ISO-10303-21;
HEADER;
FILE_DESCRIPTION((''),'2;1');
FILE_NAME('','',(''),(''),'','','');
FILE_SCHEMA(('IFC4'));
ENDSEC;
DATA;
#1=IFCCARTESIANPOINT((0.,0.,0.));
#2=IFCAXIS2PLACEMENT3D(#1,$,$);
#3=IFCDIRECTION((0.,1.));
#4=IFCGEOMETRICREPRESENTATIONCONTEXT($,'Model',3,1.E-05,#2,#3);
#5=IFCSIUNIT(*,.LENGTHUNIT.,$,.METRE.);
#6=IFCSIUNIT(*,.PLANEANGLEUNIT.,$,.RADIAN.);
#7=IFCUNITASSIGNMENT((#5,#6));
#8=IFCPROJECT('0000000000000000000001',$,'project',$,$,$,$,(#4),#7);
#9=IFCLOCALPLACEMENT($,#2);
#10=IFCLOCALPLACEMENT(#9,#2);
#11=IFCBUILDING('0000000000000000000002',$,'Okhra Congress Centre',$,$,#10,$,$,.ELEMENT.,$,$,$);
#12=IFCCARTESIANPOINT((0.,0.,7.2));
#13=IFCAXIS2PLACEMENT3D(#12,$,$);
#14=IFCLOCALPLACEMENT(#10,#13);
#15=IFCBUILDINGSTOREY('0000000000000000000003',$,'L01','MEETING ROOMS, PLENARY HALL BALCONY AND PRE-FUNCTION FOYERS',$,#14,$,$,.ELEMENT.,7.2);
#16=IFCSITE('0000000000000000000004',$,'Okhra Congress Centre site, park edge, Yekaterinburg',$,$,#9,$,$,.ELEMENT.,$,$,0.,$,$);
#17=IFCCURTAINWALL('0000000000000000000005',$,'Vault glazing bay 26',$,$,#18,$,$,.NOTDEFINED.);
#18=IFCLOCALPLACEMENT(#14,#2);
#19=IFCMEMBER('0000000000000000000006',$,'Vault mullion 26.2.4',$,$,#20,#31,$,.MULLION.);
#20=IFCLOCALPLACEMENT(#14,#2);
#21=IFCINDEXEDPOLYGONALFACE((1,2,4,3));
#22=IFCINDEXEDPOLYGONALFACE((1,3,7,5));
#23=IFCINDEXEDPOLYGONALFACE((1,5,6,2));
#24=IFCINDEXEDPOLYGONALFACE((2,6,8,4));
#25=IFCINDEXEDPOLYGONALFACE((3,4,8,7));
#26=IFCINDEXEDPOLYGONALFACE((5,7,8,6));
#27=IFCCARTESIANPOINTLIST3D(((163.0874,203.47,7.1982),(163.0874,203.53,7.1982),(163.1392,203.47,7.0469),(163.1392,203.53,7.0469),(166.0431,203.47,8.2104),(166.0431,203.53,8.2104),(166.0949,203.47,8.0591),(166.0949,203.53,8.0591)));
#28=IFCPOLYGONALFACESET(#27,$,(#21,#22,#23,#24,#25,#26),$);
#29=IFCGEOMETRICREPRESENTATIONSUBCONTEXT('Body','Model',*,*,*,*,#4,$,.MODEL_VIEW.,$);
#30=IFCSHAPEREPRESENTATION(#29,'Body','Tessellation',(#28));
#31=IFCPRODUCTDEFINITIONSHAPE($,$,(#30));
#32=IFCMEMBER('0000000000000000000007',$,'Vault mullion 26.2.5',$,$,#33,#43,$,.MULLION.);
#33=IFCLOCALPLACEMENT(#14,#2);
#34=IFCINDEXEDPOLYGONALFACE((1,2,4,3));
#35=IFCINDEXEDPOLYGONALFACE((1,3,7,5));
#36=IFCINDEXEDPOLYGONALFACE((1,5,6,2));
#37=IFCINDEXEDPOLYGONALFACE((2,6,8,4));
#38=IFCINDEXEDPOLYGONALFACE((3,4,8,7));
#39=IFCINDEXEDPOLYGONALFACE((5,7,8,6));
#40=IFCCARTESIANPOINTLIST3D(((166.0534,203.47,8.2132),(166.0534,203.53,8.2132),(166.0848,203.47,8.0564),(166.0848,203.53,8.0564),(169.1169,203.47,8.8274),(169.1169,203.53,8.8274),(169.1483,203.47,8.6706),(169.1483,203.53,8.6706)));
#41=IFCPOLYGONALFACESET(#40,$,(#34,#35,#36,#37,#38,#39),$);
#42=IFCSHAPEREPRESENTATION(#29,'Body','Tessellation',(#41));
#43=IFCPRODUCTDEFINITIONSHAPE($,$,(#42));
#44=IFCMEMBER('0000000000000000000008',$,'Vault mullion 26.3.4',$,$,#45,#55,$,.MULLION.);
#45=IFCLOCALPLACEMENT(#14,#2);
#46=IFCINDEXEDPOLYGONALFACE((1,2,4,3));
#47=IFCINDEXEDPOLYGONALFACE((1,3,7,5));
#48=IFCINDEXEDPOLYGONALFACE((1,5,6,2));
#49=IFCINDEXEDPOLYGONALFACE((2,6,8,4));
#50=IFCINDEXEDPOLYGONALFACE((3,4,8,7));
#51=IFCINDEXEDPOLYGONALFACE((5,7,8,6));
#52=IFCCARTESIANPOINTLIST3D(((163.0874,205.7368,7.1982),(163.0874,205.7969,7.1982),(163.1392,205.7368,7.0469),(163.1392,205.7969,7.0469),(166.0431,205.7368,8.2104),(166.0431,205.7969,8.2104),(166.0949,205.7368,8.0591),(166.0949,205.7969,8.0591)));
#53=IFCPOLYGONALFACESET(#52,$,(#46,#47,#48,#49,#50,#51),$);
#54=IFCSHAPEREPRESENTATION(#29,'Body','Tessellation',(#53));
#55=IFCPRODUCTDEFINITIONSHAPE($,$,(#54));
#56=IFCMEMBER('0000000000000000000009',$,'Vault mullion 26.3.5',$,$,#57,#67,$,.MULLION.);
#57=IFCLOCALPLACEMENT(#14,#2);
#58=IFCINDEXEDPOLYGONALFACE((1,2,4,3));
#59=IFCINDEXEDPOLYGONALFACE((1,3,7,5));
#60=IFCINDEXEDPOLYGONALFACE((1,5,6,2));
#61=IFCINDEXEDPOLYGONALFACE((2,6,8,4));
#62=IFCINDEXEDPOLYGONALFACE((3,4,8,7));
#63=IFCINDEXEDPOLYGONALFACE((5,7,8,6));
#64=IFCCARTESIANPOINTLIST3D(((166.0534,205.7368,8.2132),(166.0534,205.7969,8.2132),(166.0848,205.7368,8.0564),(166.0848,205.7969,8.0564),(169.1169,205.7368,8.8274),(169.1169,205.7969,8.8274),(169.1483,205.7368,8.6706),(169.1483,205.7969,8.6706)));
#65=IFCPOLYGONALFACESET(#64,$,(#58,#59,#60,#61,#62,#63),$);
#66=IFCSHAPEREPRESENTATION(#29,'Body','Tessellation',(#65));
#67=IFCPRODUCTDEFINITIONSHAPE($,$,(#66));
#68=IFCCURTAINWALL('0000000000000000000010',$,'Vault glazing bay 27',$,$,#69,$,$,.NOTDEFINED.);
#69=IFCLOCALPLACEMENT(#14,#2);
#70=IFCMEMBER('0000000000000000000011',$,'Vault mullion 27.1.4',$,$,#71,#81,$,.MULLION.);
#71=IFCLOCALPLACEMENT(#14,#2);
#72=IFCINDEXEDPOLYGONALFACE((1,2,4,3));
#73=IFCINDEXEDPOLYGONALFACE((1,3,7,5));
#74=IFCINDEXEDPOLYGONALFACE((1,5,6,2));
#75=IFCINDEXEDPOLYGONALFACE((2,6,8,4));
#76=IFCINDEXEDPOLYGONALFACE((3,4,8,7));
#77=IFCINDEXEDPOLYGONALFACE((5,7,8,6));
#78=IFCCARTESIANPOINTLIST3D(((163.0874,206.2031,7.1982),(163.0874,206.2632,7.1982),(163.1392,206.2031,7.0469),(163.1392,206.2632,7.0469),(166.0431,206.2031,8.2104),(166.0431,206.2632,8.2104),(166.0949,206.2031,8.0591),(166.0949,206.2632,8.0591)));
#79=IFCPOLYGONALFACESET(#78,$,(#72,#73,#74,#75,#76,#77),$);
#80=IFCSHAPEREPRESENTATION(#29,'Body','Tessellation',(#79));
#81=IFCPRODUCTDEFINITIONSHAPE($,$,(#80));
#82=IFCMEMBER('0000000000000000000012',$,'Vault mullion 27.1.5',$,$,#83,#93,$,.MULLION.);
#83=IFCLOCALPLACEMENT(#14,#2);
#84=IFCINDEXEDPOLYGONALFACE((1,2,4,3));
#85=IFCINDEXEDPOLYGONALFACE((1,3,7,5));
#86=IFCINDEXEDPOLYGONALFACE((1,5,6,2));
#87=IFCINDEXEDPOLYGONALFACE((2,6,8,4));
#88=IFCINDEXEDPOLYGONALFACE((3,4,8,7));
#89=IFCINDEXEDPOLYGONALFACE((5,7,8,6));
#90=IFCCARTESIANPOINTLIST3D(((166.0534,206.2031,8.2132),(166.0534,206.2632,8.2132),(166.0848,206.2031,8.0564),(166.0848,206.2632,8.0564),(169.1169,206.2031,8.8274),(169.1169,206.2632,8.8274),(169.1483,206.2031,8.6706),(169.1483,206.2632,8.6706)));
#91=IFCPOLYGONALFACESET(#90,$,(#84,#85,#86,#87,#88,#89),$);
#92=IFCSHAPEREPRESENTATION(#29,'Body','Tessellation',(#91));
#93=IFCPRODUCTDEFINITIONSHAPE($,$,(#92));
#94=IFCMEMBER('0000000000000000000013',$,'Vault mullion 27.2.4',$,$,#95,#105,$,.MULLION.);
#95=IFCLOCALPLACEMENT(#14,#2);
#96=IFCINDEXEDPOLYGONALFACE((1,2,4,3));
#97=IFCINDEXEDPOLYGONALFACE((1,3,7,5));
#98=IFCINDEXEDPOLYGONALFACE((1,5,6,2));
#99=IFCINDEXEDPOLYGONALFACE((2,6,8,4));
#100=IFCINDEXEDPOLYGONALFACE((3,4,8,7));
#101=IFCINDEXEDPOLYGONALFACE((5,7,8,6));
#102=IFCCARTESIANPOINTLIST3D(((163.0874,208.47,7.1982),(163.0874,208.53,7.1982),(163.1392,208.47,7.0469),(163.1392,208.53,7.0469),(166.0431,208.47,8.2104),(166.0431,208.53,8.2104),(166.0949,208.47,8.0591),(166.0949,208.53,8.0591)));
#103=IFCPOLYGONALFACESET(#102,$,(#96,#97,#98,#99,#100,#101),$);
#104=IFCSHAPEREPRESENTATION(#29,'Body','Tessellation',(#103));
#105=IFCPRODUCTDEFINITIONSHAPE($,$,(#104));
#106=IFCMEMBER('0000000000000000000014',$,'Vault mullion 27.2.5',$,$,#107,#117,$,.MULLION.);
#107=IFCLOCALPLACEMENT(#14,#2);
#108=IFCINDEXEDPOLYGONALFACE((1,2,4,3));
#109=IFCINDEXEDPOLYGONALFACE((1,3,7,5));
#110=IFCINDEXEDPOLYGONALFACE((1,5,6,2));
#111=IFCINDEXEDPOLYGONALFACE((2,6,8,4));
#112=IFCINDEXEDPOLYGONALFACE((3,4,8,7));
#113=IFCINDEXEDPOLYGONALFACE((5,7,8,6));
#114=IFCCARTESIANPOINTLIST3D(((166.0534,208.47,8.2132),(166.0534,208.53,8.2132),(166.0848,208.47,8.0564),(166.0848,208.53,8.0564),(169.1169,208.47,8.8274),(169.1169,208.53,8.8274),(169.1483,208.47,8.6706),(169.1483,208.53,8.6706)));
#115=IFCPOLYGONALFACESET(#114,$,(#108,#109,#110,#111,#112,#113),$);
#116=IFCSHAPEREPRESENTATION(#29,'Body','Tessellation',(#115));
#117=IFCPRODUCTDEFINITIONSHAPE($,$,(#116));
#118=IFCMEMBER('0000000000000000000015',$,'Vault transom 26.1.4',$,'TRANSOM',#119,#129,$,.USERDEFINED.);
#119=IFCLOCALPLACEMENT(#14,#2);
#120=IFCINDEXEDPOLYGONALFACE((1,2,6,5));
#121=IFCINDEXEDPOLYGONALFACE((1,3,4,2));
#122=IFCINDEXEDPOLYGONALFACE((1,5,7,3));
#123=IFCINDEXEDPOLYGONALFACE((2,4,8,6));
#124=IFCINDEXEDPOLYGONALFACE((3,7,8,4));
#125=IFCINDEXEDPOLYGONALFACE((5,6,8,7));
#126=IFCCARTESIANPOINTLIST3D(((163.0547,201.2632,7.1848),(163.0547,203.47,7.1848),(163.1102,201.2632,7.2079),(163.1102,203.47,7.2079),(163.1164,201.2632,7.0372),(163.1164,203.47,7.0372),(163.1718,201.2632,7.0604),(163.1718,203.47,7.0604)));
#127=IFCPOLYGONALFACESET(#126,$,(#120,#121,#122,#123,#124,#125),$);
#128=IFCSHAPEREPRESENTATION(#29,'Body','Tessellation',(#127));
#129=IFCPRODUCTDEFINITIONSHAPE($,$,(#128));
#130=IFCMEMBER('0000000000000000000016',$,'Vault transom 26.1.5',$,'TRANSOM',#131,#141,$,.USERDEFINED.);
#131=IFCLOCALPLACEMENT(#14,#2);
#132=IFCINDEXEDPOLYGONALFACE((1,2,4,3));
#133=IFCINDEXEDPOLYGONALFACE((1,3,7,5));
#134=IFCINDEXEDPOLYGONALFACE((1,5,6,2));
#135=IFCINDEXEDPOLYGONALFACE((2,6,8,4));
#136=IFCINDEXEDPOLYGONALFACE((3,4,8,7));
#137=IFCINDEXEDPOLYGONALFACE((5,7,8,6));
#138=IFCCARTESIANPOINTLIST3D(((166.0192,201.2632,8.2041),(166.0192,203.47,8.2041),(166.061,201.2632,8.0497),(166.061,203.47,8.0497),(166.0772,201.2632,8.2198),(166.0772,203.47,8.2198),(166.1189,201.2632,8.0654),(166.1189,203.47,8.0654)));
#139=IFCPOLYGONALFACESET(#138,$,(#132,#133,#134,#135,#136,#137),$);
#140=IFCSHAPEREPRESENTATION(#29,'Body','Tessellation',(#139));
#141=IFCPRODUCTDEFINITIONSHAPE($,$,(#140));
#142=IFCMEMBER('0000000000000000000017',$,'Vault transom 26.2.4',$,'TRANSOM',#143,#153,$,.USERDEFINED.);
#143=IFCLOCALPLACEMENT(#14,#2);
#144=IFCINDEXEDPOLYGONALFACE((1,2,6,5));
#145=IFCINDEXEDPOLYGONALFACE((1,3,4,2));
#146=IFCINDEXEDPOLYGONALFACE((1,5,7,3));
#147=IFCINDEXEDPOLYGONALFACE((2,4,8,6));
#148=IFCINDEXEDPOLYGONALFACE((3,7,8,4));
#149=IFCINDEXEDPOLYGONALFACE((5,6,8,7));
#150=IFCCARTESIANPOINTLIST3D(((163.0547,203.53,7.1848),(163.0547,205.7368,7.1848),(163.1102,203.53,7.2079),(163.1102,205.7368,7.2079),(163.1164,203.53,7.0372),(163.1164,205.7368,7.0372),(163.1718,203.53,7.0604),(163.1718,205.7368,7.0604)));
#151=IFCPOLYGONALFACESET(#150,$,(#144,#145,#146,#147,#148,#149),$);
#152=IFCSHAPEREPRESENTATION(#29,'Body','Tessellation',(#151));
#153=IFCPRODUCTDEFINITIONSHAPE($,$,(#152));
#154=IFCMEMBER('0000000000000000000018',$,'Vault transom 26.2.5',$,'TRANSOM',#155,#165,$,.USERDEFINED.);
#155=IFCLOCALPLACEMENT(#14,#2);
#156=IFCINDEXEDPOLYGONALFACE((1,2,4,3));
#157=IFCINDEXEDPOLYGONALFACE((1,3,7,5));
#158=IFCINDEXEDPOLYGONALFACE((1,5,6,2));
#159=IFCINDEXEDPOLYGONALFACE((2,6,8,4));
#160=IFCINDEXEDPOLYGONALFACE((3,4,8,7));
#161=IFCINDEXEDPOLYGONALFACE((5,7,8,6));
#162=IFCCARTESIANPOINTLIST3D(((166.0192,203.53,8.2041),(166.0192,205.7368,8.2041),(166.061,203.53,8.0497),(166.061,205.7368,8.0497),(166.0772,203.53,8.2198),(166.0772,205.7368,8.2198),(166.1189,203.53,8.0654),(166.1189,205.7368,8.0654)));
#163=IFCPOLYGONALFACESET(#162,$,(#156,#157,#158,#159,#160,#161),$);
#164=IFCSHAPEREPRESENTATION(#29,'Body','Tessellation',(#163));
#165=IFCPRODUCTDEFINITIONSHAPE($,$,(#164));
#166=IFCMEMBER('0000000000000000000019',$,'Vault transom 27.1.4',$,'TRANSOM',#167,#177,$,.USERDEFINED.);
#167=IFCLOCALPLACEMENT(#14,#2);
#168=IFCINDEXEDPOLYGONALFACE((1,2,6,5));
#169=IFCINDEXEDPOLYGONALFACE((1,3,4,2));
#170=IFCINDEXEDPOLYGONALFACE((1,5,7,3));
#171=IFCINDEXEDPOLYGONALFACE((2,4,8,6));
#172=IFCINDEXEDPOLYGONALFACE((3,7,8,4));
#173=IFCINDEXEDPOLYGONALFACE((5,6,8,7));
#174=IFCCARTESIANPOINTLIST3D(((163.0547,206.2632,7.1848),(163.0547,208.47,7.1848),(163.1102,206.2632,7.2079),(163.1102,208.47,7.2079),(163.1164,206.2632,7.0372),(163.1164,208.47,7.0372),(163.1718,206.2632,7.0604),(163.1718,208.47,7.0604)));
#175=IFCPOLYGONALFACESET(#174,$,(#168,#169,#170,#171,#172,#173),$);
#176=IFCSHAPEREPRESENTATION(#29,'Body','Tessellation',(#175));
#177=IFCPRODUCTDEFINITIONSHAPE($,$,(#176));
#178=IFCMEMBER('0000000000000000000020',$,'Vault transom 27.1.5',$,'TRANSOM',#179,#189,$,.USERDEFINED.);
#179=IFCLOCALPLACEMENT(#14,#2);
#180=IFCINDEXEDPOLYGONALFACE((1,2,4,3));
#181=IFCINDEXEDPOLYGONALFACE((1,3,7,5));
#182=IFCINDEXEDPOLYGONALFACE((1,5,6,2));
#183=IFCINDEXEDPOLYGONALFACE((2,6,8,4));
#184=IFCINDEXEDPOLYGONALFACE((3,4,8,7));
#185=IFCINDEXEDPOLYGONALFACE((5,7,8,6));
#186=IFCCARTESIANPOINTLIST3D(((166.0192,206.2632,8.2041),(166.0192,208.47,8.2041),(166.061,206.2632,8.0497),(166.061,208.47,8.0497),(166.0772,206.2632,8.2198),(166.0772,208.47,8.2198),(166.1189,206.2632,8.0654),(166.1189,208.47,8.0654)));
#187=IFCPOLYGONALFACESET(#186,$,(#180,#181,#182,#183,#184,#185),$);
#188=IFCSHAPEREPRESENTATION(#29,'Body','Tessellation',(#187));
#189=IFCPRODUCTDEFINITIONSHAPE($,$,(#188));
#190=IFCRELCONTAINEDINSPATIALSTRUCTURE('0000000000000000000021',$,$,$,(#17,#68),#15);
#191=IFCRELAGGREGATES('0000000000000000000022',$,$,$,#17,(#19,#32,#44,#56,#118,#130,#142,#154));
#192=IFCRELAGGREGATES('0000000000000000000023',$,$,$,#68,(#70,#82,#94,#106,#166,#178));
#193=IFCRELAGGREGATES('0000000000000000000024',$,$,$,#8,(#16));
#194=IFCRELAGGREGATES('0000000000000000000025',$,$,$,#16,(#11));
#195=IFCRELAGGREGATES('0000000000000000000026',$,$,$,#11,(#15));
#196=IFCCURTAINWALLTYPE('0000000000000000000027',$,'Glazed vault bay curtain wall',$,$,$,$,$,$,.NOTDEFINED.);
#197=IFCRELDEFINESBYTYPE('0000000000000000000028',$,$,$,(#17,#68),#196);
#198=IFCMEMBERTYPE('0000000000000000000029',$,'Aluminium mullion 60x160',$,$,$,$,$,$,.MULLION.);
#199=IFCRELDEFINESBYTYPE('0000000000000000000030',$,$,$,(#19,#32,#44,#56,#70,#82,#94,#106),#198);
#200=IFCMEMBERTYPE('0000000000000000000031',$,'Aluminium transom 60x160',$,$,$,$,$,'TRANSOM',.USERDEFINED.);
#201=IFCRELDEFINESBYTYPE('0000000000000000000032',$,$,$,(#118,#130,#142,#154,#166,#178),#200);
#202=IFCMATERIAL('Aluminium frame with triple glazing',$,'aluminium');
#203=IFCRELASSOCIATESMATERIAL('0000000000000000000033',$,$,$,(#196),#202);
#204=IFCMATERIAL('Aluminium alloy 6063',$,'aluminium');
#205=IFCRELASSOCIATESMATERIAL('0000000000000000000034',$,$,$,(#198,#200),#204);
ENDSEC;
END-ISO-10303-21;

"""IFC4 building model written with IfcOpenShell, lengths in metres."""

from ifc_helpers import new_model, si_unit, direction, frame, origin, origin_2d, place, context, subcontext, project, spatial, rectangle, extrude, material, material_profile, profile_set, type_object, element, aggregate, save


model = new_model("IFC4")

# Units and contexts
model_context = context("Model", 3, precision=1e-05, world=origin(), true_north=direction((0.0, 1.0)))
body_context = subcontext(model_context, "Body", "Model", "MODEL_VIEW")
ifc_project = project(units=[si_unit("LENGTHUNIT", "METRE"), si_unit("PLANEANGLEUNIT", "RADIAN")], contexts=[model_context])

# Site, building, storey
site_placement = place(None, origin())
site = spatial("IfcSite", under=ifc_project, at=site_placement, Name="Okhra Congress Centre site, park edge, Yekaterinburg", CompositionType="ELEMENT", RefElevation=0.0)
building_placement = place(site_placement, origin())
building = spatial("IfcBuilding", under=site, at=building_placement, Name="Okhra Congress Centre", CompositionType="ELEMENT")
storey_placement = place(building_placement, frame((0.0, 0.0, 7.2)))
storey = spatial("IfcBuildingStorey", under=building, at=storey_placement, Name="L01", Description="MEETING ROOMS, PLENARY HALL BALCONY AND PRE-FUNCTION FOYERS", CompositionType="ELEMENT", Elevation=7.2)

# Curtain walls, members
ifc_material_1 = material(Name="Aluminium frame with triple glazing", Category="aluminium")
curtain_wall_type = type_object("IfcCurtainWallType", Name="Glazed vault bay curtain wall", PredefinedType="NOTDEFINED", material=ifc_material_1)
curtain_wall_1_placement = place(storey_placement, origin())
curtain_wall_1 = element("IfcCurtainWall", 1, at=curtain_wall_1_placement, inside=storey, type_object=curtain_wall_type, Name="Vault glazing bay 26", PredefinedType="NOTDEFINED")
ifc_material_2 = material(Name="Aluminium alloy 6063", Category="aluminium")
ifc_material_profile_1 = material_profile(ifc_material_2, rectangle(XDim=0.0601, YDim=0.1599, at=origin_2d()), Name="AL 60x160")
ifc_profile_set_1 = profile_set([ifc_material_profile_1], Name="Aluminium alloy 6063")
member_type_1 = type_object("IfcMemberType", Name="Aluminium mullion 60x160", PredefinedType="MULLION", material=ifc_profile_set_1)
member_1_placement = place(storey_placement, frame((163.1133, 203.5, 7.1226), z_axis=(0.946065, 0.0, 0.323977), x_axis=(0.0, 1.0, 0.0)))
member_1 = element("IfcMember", 2, at=member_1_placement, type_object=member_type_1, Name="Vault mullion 26.2.4", PredefinedType="MULLION", context=body_context, shape_type="SweptSolid", body=[
    extrude(rectangle(XDim=0.0601, YDim=0.1599, at=origin_2d()), origin(), (0.0, 0.0, 1.0), 3.1243),
])
member_2_placement = place(storey_placement, frame((166.0691, 203.5, 8.1348), z_axis=(0.980484, 0.0, 0.196597), x_axis=(0.0, 1.0, 0.0)))
member_2 = element("IfcMember", 3, at=member_2_placement, type_object=member_type_1, Name="Vault mullion 26.2.5", PredefinedType="MULLION", context=body_context, shape_type="SweptSolid", body=[
    extrude(rectangle(XDim=0.0601, YDim=0.1599, at=origin_2d()), origin(), (0.0, 0.0, 1.0), 3.1245),
])
member_3_placement = place(storey_placement, frame((163.1133, 205.7668, 7.1226), z_axis=(0.946065, 0.0, 0.323977), x_axis=(0.0, 1.0, 0.0)))
member_3 = element("IfcMember", 4, at=member_3_placement, type_object=member_type_1, Name="Vault mullion 26.3.4", PredefinedType="MULLION", context=body_context, shape_type="SweptSolid", body=[
    extrude(rectangle(XDim=0.0601, YDim=0.1599, at=origin_2d()), origin(), (0.0, 0.0, 1.0), 3.1243),
])
member_4_placement = place(storey_placement, frame((166.0691, 205.7668, 8.1348), z_axis=(0.980484, 0.0, 0.196597), x_axis=(0.0, 1.0, 0.0)))
member_4 = element("IfcMember", 5, at=member_4_placement, type_object=member_type_1, Name="Vault mullion 26.3.5", PredefinedType="MULLION", context=body_context, shape_type="SweptSolid", body=[
    extrude(rectangle(XDim=0.0601, YDim=0.1599, at=origin_2d()), origin(), (0.0, 0.0, 1.0), 3.1245),
])
curtain_wall_2_placement = place(storey_placement, origin())
curtain_wall_2 = element("IfcCurtainWall", 6, at=curtain_wall_2_placement, inside=storey, type_object=curtain_wall_type, Name="Vault glazing bay 27", PredefinedType="NOTDEFINED")
member_5_placement = place(storey_placement, frame((163.1133, 206.2332, 7.1226), z_axis=(0.946065, 0.0, 0.323977), x_axis=(0.0, 1.0, 0.0)))
member_5 = element("IfcMember", 7, at=member_5_placement, type_object=member_type_1, Name="Vault mullion 27.1.4", PredefinedType="MULLION", context=body_context, shape_type="SweptSolid", body=[
    extrude(rectangle(XDim=0.0601, YDim=0.1599, at=origin_2d()), origin(), (0.0, 0.0, 1.0), 3.1243),
])
member_6_placement = place(storey_placement, frame((166.0691, 206.2332, 8.1348), z_axis=(0.980484, 0.0, 0.196597), x_axis=(0.0, 1.0, 0.0)))
member_6 = element("IfcMember", 8, at=member_6_placement, type_object=member_type_1, Name="Vault mullion 27.1.5", PredefinedType="MULLION", context=body_context, shape_type="SweptSolid", body=[
    extrude(rectangle(XDim=0.0601, YDim=0.1599, at=origin_2d()), origin(), (0.0, 0.0, 1.0), 3.1245),
])
member_7_placement = place(storey_placement, frame((163.1133, 208.5, 7.1226), z_axis=(0.946065, 0.0, 0.323977), x_axis=(0.0, 1.0, 0.0)))
member_7 = element("IfcMember", 9, at=member_7_placement, type_object=member_type_1, Name="Vault mullion 27.2.4", PredefinedType="MULLION", context=body_context, shape_type="SweptSolid", body=[
    extrude(rectangle(XDim=0.0601, YDim=0.1599, at=origin_2d()), origin(), (0.0, 0.0, 1.0), 3.1243),
])
member_8_placement = place(storey_placement, frame((166.0691, 208.5, 8.1348), z_axis=(0.980484, 0.0, 0.196597), x_axis=(0.0, 1.0, 0.0)))
member_8 = element("IfcMember", 10, at=member_8_placement, type_object=member_type_1, Name="Vault mullion 27.2.5", PredefinedType="MULLION", context=body_context, shape_type="SweptSolid", body=[
    extrude(rectangle(XDim=0.0601, YDim=0.1599, at=origin_2d()), origin(), (0.0, 0.0, 1.0), 3.1245),
])

# Members
ifc_material_profile_2 = material_profile(ifc_material_2, rectangle(XDim=0.0601, YDim=0.1599, at=origin_2d()), Name="AL 60x160 transom")
ifc_profile_set_2 = profile_set([ifc_material_profile_2], Name="Aluminium alloy 6063")
member_type_2 = type_object("IfcMemberType", Name="Aluminium transom 60x160", ElementType="TRANSOM", PredefinedType="USERDEFINED", material=ifc_profile_set_2)
member_9_placement = place(storey_placement, frame((163.1133, 201.2632, 7.1226), z_axis=(0.0, 1.0, 0.0), x_axis=(-0.922669, 0.0, -0.385593)))
member_9 = element("IfcMember", 11, at=member_9_placement, type_object=member_type_2, Name="Vault transom 26.1.4", ObjectType="TRANSOM", PredefinedType="USERDEFINED", context=body_context, shape_type="SweptSolid", body=[
    extrude(rectangle(XDim=0.0601, YDim=0.1599, at=origin_2d()), origin(), (0.0, 0.0, 1.0), 2.2068),
])
member_10_placement = place(storey_placement, frame((166.0691, 201.2632, 8.1348), z_axis=(0.0, 1.0, 0.0), x_axis=(-0.96538, 0.0, -0.260848)))
member_10 = element("IfcMember", 12, at=member_10_placement, type_object=member_type_2, Name="Vault transom 26.1.5", ObjectType="TRANSOM", PredefinedType="USERDEFINED", context=body_context, shape_type="SweptSolid", body=[
    extrude(rectangle(XDim=0.0601, YDim=0.1599, at=origin_2d()), origin(), (0.0, 0.0, 1.0), 2.2068),
])
member_11_placement = place(storey_placement, frame((163.1133, 203.53, 7.1226), z_axis=(0.0, 1.0, 0.0), x_axis=(-0.922669, 0.0, -0.385593)))
member_11 = element("IfcMember", 13, at=member_11_placement, type_object=member_type_2, Name="Vault transom 26.2.4", ObjectType="TRANSOM", PredefinedType="USERDEFINED", context=body_context, shape_type="SweptSolid", body=[
    extrude(rectangle(XDim=0.0601, YDim=0.1599, at=origin_2d()), origin(), (0.0, 0.0, 1.0), 2.2068),
])
member_12_placement = place(storey_placement, frame((166.0691, 203.53, 8.1348), z_axis=(0.0, 1.0, 0.0), x_axis=(-0.96538, 0.0, -0.260848)))
member_12 = element("IfcMember", 14, at=member_12_placement, type_object=member_type_2, Name="Vault transom 26.2.5", ObjectType="TRANSOM", PredefinedType="USERDEFINED", context=body_context, shape_type="SweptSolid", body=[
    extrude(rectangle(XDim=0.0601, YDim=0.1599, at=origin_2d()), origin(), (0.0, 0.0, 1.0), 2.2068),
])
member_13_placement = place(storey_placement, frame((163.1133, 206.2632, 7.1226), z_axis=(0.0, 1.0, 0.0), x_axis=(-0.922669, 0.0, -0.385593)))
member_13 = element("IfcMember", 15, at=member_13_placement, type_object=member_type_2, Name="Vault transom 27.1.4", ObjectType="TRANSOM", PredefinedType="USERDEFINED", context=body_context, shape_type="SweptSolid", body=[
    extrude(rectangle(XDim=0.0601, YDim=0.1599, at=origin_2d()), origin(), (0.0, 0.0, 1.0), 2.2068),
])
member_14_placement = place(storey_placement, frame((166.0691, 206.2632, 8.1348), z_axis=(0.0, 1.0, 0.0), x_axis=(-0.96538, 0.0, -0.260848)))
member_14 = element("IfcMember", 16, at=member_14_placement, type_object=member_type_2, Name="Vault transom 27.1.5", ObjectType="TRANSOM", PredefinedType="USERDEFINED", context=body_context, shape_type="SweptSolid", body=[
    extrude(rectangle(XDim=0.0601, YDim=0.1599, at=origin_2d()), origin(), (0.0, 0.0, 1.0), 2.2068),
])

aggregate(curtain_wall_1, [member_1, member_2, member_3, member_4, member_9, member_10, member_11, member_12])
aggregate(curtain_wall_2, [member_5, member_6, member_7, member_8, member_13, member_14])

save(model, "model.ifc")
